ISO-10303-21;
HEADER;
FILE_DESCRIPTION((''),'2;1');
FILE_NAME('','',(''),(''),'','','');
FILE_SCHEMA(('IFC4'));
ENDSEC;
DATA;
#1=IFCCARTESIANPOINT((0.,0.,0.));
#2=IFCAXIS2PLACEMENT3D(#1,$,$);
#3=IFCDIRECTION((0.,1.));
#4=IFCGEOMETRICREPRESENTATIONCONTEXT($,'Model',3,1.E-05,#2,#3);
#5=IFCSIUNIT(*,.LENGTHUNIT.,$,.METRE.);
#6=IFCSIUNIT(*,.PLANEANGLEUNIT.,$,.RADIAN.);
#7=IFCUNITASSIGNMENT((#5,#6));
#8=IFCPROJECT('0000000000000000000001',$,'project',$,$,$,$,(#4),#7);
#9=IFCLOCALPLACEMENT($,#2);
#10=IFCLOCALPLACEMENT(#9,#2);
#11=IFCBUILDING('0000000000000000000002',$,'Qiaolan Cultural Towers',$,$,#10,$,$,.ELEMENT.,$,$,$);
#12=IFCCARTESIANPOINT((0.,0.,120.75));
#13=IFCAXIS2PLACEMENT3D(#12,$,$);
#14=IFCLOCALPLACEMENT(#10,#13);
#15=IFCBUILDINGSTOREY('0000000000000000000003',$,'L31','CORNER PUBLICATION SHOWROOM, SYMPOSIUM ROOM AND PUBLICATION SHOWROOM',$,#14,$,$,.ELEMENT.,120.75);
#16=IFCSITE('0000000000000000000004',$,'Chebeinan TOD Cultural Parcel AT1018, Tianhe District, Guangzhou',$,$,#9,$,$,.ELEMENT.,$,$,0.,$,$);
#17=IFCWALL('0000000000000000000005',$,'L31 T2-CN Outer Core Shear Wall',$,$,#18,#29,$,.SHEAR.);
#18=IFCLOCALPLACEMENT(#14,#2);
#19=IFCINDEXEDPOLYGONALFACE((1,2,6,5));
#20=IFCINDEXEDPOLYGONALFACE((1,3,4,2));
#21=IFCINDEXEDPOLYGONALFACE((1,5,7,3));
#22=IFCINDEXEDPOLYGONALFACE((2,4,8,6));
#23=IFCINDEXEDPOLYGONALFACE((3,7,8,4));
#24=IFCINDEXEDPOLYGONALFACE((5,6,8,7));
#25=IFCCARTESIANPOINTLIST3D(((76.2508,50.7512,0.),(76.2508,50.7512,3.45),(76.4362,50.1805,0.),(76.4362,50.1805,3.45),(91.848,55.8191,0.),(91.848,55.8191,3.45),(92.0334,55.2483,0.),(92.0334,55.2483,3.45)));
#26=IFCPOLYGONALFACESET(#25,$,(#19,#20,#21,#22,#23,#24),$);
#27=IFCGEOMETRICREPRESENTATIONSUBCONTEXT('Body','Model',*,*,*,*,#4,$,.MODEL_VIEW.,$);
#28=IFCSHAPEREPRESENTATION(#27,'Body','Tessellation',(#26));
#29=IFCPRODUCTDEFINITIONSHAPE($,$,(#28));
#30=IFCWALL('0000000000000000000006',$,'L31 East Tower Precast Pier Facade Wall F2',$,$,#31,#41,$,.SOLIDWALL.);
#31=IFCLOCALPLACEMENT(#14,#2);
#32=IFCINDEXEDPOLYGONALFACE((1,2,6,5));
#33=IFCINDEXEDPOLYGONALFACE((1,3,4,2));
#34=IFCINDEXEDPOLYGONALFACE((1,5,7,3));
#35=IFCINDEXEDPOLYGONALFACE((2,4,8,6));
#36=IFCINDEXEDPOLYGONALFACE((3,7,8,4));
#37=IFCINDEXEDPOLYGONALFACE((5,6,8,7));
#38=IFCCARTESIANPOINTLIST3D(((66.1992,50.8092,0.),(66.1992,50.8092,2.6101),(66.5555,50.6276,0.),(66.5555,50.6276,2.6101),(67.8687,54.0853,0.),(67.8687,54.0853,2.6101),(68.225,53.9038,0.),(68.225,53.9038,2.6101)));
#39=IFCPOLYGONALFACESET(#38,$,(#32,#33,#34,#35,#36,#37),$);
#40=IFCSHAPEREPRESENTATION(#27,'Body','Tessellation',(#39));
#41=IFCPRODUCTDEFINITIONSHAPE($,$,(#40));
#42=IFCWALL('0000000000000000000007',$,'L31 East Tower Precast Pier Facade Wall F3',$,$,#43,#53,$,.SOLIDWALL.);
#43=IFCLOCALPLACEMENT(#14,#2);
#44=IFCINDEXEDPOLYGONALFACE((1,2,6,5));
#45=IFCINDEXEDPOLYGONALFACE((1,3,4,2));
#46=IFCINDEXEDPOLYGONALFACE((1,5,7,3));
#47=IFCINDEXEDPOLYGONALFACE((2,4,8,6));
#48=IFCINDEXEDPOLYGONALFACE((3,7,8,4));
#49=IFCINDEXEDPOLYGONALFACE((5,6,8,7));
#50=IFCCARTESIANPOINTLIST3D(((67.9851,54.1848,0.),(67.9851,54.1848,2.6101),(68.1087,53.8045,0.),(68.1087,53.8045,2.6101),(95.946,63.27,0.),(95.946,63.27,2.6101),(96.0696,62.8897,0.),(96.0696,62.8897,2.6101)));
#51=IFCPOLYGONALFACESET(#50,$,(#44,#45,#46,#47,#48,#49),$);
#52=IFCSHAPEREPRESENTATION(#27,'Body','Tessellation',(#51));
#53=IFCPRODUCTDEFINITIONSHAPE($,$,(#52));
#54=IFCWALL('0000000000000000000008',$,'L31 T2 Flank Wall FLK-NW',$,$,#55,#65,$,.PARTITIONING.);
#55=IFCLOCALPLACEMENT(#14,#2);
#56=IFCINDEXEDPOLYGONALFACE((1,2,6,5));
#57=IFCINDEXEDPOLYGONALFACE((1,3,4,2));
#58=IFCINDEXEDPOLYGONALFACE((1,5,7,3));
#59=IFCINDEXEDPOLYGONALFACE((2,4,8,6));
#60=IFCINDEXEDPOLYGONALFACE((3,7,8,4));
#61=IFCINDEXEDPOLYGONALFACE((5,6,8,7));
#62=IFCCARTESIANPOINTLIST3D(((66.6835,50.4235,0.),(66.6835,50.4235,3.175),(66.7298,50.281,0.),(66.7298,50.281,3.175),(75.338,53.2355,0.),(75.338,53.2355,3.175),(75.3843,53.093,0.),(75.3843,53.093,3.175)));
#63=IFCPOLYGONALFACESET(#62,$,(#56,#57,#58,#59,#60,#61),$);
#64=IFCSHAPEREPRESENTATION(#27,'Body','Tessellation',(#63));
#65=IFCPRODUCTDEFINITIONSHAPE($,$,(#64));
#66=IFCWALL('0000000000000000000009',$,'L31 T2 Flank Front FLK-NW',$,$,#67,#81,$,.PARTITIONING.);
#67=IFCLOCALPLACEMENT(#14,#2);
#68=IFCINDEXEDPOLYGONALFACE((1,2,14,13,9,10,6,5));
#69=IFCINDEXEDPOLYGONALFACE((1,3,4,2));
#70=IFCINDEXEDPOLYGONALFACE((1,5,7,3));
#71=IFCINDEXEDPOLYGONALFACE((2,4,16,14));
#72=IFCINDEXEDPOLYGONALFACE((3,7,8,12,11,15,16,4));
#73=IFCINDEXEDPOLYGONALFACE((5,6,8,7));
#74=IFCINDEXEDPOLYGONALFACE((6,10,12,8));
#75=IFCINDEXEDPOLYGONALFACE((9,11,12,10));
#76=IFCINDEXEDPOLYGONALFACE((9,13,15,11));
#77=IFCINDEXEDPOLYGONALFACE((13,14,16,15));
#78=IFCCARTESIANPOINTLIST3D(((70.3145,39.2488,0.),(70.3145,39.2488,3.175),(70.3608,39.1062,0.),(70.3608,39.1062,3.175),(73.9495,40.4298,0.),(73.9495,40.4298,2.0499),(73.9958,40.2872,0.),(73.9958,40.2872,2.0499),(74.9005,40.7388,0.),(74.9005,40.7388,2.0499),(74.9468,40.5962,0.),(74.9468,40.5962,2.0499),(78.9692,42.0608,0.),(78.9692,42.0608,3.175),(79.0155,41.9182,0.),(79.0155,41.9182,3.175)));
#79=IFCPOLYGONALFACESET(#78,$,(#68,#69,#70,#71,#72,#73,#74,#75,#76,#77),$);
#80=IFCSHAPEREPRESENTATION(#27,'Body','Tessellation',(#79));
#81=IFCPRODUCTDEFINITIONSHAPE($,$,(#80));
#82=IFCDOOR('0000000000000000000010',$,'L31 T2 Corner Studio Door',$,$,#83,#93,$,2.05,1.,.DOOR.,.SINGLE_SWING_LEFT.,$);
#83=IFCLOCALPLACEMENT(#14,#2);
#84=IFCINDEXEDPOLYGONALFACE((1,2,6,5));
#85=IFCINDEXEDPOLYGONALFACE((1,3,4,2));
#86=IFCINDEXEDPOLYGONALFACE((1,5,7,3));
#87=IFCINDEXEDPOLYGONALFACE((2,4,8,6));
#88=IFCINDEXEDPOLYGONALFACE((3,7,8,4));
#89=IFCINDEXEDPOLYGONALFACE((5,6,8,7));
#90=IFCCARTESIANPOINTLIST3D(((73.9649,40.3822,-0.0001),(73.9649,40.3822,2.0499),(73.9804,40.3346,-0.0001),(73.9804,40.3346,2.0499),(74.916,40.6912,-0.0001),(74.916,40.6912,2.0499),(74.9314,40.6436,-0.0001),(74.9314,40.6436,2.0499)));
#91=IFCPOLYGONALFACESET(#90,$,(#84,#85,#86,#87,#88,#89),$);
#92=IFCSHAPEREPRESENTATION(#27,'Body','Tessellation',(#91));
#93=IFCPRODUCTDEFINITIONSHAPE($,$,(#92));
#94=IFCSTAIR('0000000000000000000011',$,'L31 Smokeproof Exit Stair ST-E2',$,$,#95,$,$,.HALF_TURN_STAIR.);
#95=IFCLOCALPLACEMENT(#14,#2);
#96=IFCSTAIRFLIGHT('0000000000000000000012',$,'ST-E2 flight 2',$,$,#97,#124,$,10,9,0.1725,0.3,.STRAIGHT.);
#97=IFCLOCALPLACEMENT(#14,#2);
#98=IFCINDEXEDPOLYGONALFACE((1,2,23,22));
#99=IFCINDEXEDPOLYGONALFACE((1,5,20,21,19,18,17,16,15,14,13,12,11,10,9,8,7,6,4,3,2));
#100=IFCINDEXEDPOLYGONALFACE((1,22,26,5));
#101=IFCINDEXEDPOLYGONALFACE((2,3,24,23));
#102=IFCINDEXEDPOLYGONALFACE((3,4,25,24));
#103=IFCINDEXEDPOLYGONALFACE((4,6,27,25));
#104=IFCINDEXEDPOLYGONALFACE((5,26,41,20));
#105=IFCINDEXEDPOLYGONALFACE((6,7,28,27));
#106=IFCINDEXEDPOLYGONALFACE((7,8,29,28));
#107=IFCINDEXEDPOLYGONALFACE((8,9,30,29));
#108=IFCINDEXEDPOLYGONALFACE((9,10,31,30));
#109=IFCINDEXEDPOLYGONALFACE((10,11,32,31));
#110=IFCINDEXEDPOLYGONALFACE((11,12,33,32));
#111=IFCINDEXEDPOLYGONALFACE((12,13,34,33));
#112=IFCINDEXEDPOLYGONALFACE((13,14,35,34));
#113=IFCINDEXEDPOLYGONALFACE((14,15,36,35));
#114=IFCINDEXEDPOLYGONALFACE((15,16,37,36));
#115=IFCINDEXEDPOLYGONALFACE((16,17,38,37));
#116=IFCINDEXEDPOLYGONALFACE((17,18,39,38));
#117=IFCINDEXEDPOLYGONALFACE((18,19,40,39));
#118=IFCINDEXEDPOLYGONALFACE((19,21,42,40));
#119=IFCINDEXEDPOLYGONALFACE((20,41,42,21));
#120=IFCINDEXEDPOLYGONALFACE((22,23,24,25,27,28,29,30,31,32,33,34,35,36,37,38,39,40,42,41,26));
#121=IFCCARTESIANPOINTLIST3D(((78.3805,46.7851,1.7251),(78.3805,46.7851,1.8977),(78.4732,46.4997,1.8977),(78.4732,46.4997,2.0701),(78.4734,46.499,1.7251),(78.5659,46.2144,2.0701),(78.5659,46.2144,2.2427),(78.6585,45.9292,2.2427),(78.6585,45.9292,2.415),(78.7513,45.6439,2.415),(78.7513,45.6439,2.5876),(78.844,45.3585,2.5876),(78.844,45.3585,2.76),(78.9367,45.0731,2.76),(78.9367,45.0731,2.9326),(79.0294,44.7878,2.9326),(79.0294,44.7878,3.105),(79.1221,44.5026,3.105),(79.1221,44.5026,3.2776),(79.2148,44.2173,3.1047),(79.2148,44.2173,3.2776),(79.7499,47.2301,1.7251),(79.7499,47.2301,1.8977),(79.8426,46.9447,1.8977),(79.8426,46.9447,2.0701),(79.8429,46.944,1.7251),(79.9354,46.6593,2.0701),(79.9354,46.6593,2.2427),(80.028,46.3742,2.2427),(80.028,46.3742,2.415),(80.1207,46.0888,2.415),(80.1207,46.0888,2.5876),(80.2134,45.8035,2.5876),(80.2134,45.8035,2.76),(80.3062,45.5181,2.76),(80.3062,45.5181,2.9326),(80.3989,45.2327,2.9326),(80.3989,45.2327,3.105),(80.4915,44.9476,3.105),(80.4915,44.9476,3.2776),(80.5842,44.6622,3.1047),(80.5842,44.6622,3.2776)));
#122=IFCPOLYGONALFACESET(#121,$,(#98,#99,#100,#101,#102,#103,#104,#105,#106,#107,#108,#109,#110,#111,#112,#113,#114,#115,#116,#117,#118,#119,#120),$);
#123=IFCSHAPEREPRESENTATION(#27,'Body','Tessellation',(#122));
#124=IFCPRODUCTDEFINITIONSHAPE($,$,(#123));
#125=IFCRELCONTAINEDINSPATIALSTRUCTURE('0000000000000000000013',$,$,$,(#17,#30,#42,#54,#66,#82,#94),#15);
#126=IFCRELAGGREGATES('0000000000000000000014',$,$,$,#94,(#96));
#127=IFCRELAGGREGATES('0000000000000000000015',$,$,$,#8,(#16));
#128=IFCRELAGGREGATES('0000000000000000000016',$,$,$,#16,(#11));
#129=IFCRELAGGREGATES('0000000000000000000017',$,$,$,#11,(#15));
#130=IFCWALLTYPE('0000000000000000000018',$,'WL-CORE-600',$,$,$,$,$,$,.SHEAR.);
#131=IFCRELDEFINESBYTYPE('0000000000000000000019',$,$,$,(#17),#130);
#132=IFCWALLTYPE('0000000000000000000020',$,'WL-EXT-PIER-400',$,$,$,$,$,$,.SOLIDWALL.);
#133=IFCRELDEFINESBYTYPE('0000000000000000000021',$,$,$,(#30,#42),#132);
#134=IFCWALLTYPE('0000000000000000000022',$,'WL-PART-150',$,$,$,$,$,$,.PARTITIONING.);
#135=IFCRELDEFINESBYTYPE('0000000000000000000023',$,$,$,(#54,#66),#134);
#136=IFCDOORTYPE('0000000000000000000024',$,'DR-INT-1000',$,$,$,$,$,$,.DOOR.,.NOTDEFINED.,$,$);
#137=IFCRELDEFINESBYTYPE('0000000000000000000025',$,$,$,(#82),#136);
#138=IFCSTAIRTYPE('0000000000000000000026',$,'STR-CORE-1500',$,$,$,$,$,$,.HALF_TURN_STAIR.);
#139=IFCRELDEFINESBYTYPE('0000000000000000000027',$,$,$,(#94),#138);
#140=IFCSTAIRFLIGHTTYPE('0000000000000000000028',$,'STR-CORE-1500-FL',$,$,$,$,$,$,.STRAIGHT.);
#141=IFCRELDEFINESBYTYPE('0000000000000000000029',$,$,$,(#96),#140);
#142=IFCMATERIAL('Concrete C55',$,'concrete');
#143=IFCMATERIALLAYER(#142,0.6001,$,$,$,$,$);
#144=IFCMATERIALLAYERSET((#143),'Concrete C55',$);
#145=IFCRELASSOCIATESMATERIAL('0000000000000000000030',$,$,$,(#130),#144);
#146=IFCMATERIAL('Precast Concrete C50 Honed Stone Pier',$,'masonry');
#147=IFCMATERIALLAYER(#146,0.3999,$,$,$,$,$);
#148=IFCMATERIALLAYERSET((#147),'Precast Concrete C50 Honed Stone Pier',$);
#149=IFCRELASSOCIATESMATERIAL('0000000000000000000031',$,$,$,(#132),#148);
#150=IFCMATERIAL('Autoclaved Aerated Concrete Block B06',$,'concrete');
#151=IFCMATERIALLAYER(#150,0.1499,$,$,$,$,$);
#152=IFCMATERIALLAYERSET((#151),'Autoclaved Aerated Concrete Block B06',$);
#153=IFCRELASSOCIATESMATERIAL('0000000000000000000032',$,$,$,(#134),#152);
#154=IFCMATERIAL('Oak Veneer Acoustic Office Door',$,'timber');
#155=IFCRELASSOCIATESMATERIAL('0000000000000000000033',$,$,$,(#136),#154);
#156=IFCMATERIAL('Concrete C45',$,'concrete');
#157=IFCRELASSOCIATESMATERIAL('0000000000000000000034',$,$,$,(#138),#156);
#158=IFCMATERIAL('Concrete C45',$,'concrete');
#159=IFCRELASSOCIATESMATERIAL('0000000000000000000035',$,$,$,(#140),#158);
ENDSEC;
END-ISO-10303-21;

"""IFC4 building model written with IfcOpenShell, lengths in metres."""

from ifc_helpers import new_model, si_unit, direction, frame, frame_2d, origin, place, context, subcontext, project, spatial, polyline, rectangle, outline, extrude, material, layer, layer_set, type_object, element, fill, aggregate, save


model = new_model("IFC4")

# Units and contexts
model_context = context("Model", 3, precision=1e-05, world=origin(), true_north=direction((0.0, 1.0)))
body_context = subcontext(model_context, "Body", "Model", "MODEL_VIEW")
ifc_project = project(units=[si_unit("LENGTHUNIT", "METRE"), si_unit("PLANEANGLEUNIT", "RADIAN")], contexts=[model_context])

# Site, building, storey
site_placement = place(None, origin())
site = spatial("IfcSite", under=ifc_project, at=site_placement, Name="Chebeinan TOD Cultural Parcel AT1018, Tianhe District, Guangzhou", CompositionType="ELEMENT", RefElevation=0.0)
building_placement = place(site_placement, origin())
building = spatial("IfcBuilding", under=site, at=building_placement, Name="Qiaolan Cultural Towers", CompositionType="ELEMENT")
storey_placement = place(building_placement, frame((0.0, 0.0, 120.75)))
storey = spatial("IfcBuildingStorey", under=building, at=storey_placement, Name="L31", Description="CORNER PUBLICATION SHOWROOM, SYMPOSIUM ROOM AND PUBLICATION SHOWROOM", CompositionType="ELEMENT", Elevation=120.75)

# Walls
ifc_material_1 = material(Name="Concrete C55", Category="concrete")
ifc_layer_1 = layer(ifc_material_1, 0.6001)
ifc_layer_set_1 = layer_set([ifc_layer_1], Name="Concrete C55")
wall_type_1 = type_object("IfcWallType", Name="WL-CORE-600", PredefinedType="SHEAR", material=ifc_layer_set_1)
wall_1_placement = place(storey_placement, frame((76.3435, 50.4658, 0.0), z_axis=(0.0, 0.0, 1.0), x_axis=(0.951056, 0.309019, 0.0)))
element("IfcWall", 1, at=wall_1_placement, inside=storey, type_object=wall_type_1, Name="L31 T2-CN Outer Core Shear Wall", PredefinedType="SHEAR", context=body_context, shape_type="SweptSolid", body=[
    extrude(rectangle(XDim=16.3999, YDim=0.6001, at=frame_2d((8.2, 0.0))), origin(), (0.0, 0.0, 1.0), 3.45),
])
ifc_material_2 = material(Name="Precast Concrete C50 Honed Stone Pier", Category="masonry")
ifc_layer_2 = layer(ifc_material_2, 0.3999)
ifc_layer_set_2 = layer_set([ifc_layer_2], Name="Precast Concrete C50 Honed Stone Pier")
wall_type_2 = type_object("IfcWallType", Name="WL-EXT-PIER-400", PredefinedType="SOLIDWALL", material=ifc_layer_set_2)
wall_2_placement = place(storey_placement, frame((66.3774, 50.7185, 0.0), z_axis=(0.0, 0.0, 1.0), x_axis=(0.454026, 0.890988, 0.0)))
element("IfcWall", 2, at=wall_2_placement, inside=storey, type_object=wall_type_2, Name="L31 East Tower Precast Pier Facade Wall F2", PredefinedType="SOLIDWALL", context=body_context, shape_type="SweptSolid", body=[
    extrude(rectangle(XDim=3.677, YDim=0.3999, at=frame_2d((1.8384, 0.0))), origin(), (0.0, 0.0, 1.0), 2.6101),
])
wall_3_placement = place(storey_placement, frame((68.0469, 53.9946, 0.0), z_axis=(0.0, 0.0, 1.0), x_axis=(0.951055, 0.309021, 0.0)))
element("IfcWall", 3, at=wall_3_placement, inside=storey, type_object=wall_type_2, Name="L31 East Tower Precast Pier Facade Wall F3", PredefinedType="SOLIDWALL", context=body_context, shape_type="SweptSolid", body=[
    extrude(rectangle(XDim=29.3999, YDim=0.3999, at=frame_2d((14.7, 0.0))), origin(), (0.0, 0.0, 1.0), 2.6101),
])
ifc_material_3 = material(Name="Autoclaved Aerated Concrete Block B06", Category="concrete")
ifc_layer_3 = layer(ifc_material_3, 0.1499)
ifc_layer_set_3 = layer_set([ifc_layer_3], Name="Autoclaved Aerated Concrete Block B06")
wall_type_3 = type_object("IfcWallType", Name="WL-PART-150", PredefinedType="PARTITIONING", material=ifc_layer_set_3)
wall_4_placement = place(storey_placement, frame((66.7068, 50.3523, 0.0), z_axis=(0.0, 0.0, 1.0), x_axis=(0.951057, 0.309015, 0.0)))
element("IfcWall", 4, at=wall_4_placement, inside=storey, type_object=wall_type_3, Name="L31 T2 Flank Wall FLK-NW", PredefinedType="PARTITIONING", context=body_context, shape_type="SweptSolid", body=[
    extrude(rectangle(XDim=9.0999, YDim=0.1499, at=frame_2d((4.5498, 0.0))), origin(), (0.0, 0.0, 1.0), 3.175),
])

# Wall, opening, door
wall_5_placement = place(storey_placement, frame((70.3376, 39.1775, 0.0), z_axis=(0.0, 0.0, 1.0), x_axis=(0.95106, 0.309007, 0.0)))
wall_5 = element("IfcWall", 5, at=wall_5_placement, inside=storey, type_object=wall_type_3, Name="L31 T2 Flank Front FLK-NW", PredefinedType="PARTITIONING", context=body_context, shape_type="SweptSolid", body=[
    extrude(rectangle(XDim=9.1001, YDim=0.1499, at=frame_2d((4.55, 0.0))), origin(), (0.0, 0.0, 1.0), 3.175),
])
opening_placement = place(wall_5_placement, frame((3.822, 0.0, 0.0)))
opening = element("IfcOpeningElement", 6, at=opening_placement, cuts=wall_5, PredefinedType="OPENING", context=body_context, shape_type="SweptSolid", body=[
    extrude(rectangle(XDim=1.0, YDim=2.05, at=frame_2d((0.5, 1.0249))), frame((0.0, 0.085, 0.0), z_axis=(0.0, -1.0, 0.0), x_axis=(1.0, 0.0, 0.0)), (0.0, 0.0, 1.0), 0.1699),
])
ifc_material_4 = material(Name="Oak Veneer Acoustic Office Door", Category="timber")
door_type = type_object("IfcDoorType", Name="DR-INT-1000", OperationType="NOTDEFINED", PredefinedType="DOOR", material=ifc_material_4)
door_placement = place(opening_placement, origin())
door = element("IfcDoor", 7, at=door_placement, inside=storey, type_object=door_type, Name="L31 T2 Corner Studio Door", OperationType="SINGLE_SWING_LEFT", OverallHeight=2.05, OverallWidth=1.0, PredefinedType="DOOR", context=body_context, shape_type="SweptSolid", body=[
    extrude(rectangle(XDim=1.0, YDim=2.05, at=frame_2d((0.5, 1.0249))), frame((0.0, 0.0249, 0.0), z_axis=(0.0, -1.0, 0.0), x_axis=(1.0, 0.0, 0.0)), (0.0, 0.0, 1.0), 0.05),
])
fill(opening, door)

# Stair, stair flight
ifc_material_5 = material(Name="Concrete C45", Category="concrete")
stair_type = type_object("IfcStairType", Name="STR-CORE-1500", PredefinedType="HALF_TURN_STAIR", material=ifc_material_5)
stair_placement = place(storey_placement, origin())
stair = element("IfcStair", 8, at=stair_placement, inside=storey, type_object=stair_type, Name="L31 Smokeproof Exit Stair ST-E2", PredefinedType="HALF_TURN_STAIR")
ifc_material_6 = material(Name="Concrete C45", Category="concrete")
stair_flight_type = type_object("IfcStairFlightType", Name="STR-CORE-1500-FL", PredefinedType="STRAIGHT", material=ifc_material_6)
stair_flight_placement = place(storey_placement, frame((79.0652, 47.0076, 1.7251), z_axis=(0.0, 0.0, 1.0), x_axis=(0.309017, -0.951057, 0.0)))
stair_flight = element("IfcStairFlight", 9, at=stair_flight_placement, type_object=stair_flight_type, Name="ST-E2 flight 2", NumberOfRisers=10, NumberOfTreads=9, PredefinedType="STRAIGHT", RiserHeight=0.1725, TreadLength=0.3, context=body_context, shape_type="SweptSolid", body=[
    extrude(outline(polyline([(0.0, 0.0), (0.0, 0.1726), (0.3, 0.1726), (0.3, 0.345), (0.6001, 0.345), (0.6001, 0.5176), (0.8999, 0.5176), (0.8999, 0.6899), (1.2, 0.6899), (1.2, 0.8625), (1.5, 0.8625), (1.5, 1.0349), (1.8, 1.0349), (1.8, 1.2075), (2.1001, 1.2075), (2.1001, 1.3799), (2.3999, 1.3799), (2.3999, 1.5525), (2.7, 1.5525), (2.7, 1.7251), (2.7, 1.3796), (0.3008, 0.0), (0.0, 0.0)])), frame((0.0, 0.72, 0.0), z_axis=(0.0, -1.0, 0.0), x_axis=(1.0, 0.0, 0.0)), (0.0, 0.0, 1.0), 1.4399),
])
aggregate(stair, [stair_flight])

save(model, "model.ifc")
